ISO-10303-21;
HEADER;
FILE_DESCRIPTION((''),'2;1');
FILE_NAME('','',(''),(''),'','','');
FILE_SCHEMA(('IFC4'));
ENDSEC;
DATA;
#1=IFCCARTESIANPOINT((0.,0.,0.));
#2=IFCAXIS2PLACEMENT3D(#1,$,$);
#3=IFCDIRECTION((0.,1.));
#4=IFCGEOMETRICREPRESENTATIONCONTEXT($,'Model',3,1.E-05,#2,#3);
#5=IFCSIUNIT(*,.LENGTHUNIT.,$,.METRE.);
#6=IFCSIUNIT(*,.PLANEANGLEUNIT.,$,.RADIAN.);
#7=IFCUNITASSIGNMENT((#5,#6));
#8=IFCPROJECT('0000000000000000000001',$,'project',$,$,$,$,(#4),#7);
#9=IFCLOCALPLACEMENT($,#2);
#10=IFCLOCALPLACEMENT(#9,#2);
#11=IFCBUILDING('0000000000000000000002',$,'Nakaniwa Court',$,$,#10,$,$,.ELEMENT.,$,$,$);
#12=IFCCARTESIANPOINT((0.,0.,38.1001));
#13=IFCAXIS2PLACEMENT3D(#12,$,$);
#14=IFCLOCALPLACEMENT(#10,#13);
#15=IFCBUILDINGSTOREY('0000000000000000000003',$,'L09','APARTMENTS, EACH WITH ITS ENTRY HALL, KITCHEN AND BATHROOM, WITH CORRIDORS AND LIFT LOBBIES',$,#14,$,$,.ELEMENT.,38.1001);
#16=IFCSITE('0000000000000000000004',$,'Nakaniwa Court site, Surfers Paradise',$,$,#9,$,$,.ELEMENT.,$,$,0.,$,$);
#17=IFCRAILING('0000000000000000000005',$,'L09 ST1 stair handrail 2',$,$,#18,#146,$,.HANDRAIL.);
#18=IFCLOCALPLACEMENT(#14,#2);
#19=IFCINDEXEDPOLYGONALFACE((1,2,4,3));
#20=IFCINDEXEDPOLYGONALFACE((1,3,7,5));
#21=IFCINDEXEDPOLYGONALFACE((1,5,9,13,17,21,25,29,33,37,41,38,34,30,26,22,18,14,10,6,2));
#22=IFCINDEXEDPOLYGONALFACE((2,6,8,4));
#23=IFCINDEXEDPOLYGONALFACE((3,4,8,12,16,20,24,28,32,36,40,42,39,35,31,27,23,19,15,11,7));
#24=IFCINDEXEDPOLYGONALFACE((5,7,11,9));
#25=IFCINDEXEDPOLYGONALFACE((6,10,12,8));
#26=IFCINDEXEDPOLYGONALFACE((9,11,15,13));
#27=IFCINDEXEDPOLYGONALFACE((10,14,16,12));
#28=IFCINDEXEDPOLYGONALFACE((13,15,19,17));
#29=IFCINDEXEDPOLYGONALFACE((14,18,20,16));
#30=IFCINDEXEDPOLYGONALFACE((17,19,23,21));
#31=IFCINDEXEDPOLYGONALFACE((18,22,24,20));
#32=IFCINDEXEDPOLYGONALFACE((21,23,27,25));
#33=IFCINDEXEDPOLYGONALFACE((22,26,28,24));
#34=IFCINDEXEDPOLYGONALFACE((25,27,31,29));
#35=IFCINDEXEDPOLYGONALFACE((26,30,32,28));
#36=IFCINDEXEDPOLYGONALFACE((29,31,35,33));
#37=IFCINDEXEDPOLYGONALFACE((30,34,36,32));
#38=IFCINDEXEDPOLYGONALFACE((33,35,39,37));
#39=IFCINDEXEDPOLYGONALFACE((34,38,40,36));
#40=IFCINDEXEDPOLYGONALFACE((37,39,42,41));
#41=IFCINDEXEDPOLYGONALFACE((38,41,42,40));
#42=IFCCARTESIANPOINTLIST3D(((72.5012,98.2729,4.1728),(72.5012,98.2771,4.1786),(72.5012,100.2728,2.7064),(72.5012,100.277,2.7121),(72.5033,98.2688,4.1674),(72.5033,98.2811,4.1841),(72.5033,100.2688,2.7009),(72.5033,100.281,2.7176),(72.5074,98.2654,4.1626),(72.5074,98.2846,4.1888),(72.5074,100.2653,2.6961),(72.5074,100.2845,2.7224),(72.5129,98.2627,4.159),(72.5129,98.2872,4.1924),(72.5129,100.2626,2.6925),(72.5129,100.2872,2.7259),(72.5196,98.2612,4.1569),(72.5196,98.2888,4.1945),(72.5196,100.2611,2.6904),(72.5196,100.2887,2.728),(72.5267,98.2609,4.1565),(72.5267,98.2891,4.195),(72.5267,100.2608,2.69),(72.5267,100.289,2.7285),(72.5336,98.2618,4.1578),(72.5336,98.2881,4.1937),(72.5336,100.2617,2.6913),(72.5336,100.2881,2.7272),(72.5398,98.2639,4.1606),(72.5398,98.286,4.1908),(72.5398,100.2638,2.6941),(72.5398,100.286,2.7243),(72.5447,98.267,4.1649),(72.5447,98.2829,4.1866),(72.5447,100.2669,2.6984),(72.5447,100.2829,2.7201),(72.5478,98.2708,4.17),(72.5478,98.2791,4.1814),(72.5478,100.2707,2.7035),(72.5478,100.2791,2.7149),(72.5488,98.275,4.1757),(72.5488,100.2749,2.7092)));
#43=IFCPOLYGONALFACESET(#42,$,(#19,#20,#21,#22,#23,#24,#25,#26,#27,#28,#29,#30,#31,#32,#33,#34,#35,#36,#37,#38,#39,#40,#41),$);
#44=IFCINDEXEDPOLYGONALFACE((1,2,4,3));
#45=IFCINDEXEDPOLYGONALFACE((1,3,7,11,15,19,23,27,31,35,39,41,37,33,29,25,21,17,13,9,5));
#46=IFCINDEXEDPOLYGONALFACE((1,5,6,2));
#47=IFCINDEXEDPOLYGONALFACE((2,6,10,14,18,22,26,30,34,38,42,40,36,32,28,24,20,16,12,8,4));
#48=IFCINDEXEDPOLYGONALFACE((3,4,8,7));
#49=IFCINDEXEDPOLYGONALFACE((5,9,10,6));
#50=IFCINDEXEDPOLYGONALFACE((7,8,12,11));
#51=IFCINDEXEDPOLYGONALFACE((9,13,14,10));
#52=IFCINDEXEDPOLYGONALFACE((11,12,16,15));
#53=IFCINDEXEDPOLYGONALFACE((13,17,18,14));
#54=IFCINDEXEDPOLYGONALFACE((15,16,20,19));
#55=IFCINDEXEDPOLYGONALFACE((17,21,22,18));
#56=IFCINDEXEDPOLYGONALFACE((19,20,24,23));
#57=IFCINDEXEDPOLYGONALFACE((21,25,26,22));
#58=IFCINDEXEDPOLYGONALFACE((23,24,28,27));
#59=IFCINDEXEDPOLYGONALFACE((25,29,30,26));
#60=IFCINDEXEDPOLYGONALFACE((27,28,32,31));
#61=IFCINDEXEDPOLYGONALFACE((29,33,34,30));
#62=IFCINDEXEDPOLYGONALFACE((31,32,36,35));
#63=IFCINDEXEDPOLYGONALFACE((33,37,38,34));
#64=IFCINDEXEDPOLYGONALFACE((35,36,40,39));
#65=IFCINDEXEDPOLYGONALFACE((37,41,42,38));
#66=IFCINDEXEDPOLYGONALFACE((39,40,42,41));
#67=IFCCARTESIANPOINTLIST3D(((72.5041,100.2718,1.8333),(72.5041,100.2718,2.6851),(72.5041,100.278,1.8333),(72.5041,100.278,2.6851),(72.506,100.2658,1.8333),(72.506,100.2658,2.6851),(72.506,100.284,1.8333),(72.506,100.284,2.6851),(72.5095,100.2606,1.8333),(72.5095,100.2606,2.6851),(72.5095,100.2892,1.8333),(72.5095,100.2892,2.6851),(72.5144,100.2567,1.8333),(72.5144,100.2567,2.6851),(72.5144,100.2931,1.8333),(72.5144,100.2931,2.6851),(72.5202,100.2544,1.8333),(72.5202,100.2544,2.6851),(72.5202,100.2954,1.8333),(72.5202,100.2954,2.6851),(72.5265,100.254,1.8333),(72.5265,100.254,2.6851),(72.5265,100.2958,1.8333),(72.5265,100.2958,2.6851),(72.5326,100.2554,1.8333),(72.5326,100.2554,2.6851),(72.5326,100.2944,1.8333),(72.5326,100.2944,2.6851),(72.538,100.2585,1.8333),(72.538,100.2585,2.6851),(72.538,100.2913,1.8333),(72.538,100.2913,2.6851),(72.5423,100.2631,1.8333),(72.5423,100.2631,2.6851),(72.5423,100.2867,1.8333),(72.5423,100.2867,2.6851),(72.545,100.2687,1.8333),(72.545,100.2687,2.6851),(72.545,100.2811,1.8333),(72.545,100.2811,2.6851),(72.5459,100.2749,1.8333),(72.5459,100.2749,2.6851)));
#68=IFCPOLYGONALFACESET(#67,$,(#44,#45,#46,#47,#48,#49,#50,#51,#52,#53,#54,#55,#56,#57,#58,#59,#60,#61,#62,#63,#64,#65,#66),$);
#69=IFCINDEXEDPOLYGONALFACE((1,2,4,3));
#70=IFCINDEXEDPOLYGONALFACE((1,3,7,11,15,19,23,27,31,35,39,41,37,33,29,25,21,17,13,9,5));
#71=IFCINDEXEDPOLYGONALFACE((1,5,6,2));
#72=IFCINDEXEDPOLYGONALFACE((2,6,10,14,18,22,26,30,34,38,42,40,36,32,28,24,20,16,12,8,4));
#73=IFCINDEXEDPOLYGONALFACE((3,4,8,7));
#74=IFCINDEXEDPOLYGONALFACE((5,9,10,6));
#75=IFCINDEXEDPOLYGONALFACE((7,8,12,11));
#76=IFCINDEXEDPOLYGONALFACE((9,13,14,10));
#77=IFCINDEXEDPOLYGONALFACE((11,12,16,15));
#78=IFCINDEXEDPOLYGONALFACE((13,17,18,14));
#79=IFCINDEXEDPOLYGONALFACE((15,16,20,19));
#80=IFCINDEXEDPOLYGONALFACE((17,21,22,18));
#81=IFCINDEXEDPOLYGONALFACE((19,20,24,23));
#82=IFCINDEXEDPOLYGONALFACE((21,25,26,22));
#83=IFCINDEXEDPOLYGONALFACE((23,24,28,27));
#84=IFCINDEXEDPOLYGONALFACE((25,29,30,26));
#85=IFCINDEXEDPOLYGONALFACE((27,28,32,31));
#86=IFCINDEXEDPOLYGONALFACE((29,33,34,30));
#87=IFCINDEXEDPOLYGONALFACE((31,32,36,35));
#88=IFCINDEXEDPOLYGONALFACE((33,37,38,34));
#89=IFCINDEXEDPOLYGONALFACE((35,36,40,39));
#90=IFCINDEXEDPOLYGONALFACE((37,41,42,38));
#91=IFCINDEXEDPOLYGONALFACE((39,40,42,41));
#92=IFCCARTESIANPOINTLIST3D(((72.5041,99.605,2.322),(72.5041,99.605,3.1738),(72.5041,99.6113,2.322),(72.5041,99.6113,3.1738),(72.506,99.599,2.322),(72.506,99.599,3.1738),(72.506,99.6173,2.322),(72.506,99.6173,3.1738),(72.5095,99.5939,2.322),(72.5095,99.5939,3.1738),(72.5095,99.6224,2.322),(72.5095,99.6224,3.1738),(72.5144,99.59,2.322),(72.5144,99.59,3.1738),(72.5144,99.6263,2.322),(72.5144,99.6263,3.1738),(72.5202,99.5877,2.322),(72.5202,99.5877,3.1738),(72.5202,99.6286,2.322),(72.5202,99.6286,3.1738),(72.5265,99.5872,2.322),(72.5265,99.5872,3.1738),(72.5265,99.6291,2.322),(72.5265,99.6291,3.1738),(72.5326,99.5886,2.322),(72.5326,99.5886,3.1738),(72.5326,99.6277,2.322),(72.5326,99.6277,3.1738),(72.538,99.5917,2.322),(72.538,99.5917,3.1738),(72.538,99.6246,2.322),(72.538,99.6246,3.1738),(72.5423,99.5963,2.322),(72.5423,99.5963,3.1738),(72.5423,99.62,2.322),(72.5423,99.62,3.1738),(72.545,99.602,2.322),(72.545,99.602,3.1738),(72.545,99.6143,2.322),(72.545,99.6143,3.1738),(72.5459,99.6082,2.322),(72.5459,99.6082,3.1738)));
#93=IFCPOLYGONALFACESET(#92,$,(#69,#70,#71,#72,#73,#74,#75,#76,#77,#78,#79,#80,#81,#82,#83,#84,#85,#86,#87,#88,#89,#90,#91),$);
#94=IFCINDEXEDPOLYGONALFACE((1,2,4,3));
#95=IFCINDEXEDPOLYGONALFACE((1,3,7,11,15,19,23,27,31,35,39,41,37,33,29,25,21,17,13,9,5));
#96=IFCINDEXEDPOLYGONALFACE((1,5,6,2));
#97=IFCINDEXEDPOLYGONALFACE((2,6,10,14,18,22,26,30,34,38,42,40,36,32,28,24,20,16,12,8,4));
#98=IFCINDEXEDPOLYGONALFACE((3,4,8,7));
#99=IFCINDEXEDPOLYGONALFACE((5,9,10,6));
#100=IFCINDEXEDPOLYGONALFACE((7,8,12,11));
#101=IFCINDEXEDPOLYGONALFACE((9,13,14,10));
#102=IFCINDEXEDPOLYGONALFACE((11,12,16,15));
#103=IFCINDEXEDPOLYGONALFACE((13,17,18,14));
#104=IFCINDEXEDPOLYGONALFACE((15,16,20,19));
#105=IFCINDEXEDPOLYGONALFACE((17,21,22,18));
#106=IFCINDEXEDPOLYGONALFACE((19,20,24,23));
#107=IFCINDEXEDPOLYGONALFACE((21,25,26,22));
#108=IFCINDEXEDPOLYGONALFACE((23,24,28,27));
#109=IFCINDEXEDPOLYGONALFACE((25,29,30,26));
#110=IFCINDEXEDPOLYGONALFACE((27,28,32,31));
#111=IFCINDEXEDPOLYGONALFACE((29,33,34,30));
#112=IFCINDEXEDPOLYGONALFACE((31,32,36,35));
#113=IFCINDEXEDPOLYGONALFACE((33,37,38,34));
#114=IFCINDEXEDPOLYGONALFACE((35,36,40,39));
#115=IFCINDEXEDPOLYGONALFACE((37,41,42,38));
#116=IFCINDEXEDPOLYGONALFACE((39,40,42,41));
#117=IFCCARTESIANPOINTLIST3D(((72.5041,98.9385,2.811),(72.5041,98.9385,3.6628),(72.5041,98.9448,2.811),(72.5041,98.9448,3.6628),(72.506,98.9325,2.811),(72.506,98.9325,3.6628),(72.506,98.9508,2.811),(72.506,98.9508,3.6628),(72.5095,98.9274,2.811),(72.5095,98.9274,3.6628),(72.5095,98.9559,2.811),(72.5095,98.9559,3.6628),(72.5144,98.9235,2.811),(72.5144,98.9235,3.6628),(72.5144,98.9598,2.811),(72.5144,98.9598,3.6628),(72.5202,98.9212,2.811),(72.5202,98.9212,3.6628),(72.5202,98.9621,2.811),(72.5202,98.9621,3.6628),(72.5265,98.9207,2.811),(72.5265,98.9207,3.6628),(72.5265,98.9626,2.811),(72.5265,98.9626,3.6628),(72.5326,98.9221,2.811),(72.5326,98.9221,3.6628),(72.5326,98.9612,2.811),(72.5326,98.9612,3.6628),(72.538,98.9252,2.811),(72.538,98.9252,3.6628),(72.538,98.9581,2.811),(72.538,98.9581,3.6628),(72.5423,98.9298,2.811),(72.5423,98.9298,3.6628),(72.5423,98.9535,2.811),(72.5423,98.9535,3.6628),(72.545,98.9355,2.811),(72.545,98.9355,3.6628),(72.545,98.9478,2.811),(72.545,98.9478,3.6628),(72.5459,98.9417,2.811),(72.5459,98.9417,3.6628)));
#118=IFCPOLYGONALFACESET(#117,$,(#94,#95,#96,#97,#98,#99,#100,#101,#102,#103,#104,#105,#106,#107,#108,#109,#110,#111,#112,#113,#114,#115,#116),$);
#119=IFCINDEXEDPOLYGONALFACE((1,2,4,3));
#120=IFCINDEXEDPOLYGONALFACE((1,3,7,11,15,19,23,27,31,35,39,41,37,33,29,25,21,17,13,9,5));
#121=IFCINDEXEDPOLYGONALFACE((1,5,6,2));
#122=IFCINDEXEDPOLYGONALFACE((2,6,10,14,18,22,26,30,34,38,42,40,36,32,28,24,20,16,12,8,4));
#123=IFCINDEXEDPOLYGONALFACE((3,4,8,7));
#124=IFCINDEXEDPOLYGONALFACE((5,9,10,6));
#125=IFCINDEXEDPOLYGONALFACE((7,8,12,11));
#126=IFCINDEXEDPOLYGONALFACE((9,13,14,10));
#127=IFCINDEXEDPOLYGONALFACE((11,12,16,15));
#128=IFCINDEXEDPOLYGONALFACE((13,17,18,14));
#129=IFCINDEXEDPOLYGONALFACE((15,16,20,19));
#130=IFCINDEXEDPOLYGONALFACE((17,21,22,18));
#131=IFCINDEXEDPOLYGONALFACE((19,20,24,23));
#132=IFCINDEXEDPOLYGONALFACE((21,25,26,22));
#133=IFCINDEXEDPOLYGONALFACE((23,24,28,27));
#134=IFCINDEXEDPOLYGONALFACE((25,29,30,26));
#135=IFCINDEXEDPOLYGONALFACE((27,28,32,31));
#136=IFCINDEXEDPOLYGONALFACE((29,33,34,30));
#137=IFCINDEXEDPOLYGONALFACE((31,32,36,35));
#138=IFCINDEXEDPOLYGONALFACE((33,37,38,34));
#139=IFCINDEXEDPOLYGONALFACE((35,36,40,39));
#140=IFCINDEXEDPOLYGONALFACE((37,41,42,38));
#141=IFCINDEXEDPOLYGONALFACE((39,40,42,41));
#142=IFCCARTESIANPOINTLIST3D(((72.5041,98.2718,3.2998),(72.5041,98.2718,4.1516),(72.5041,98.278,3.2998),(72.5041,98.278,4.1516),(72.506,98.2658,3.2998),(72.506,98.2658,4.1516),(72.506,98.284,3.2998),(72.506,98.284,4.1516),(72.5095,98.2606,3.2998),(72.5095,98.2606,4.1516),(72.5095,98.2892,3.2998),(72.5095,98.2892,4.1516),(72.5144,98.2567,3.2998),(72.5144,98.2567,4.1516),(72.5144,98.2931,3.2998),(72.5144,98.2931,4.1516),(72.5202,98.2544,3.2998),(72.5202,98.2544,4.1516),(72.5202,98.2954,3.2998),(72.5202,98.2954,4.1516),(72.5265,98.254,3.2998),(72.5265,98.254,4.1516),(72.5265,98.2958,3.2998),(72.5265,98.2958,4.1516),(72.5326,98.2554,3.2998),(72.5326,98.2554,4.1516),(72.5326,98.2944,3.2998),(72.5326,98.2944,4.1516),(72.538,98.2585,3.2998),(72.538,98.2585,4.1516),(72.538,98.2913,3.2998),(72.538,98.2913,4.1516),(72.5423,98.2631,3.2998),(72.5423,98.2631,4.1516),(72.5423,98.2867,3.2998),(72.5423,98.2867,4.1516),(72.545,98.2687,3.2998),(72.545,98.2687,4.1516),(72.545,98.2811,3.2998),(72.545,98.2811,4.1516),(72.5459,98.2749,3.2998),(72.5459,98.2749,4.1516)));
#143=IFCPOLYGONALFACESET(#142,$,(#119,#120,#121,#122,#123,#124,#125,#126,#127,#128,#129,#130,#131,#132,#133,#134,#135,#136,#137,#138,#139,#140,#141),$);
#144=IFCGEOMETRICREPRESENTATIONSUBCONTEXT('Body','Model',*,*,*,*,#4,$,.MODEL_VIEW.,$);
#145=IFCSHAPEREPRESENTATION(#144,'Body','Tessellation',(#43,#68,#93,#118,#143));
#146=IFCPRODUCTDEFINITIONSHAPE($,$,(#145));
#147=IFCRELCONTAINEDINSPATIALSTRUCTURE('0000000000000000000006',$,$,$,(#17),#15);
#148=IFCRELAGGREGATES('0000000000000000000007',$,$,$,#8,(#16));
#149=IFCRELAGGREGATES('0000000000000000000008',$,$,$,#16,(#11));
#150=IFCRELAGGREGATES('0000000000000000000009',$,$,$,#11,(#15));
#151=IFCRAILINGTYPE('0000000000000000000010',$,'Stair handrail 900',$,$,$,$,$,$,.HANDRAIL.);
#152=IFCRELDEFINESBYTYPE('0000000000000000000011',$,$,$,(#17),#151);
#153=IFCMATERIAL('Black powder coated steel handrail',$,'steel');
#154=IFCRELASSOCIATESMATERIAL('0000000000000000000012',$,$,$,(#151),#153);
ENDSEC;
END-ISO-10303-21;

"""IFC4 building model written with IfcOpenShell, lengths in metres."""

from ifc_helpers import new_model, si_unit, direction, frame, origin, origin_2d, place, context, subcontext, project, spatial, circle, extrude, material, type_object, element, save


model = new_model("IFC4")

# Units and contexts
model_context = context("Model", 3, precision=1e-05, world=origin(), true_north=direction((0.0, 1.0)))
body_context = subcontext(model_context, "Body", "Model", "MODEL_VIEW")
ifc_project = project(units=[si_unit("LENGTHUNIT", "METRE"), si_unit("PLANEANGLEUNIT", "RADIAN")], contexts=[model_context])

# Site, building, storey
site_placement = place(None, origin())
site = spatial("IfcSite", under=ifc_project, at=site_placement, Name="Nakaniwa Court site, Surfers Paradise", CompositionType="ELEMENT", RefElevation=0.0)
building_placement = place(site_placement, origin())
building = spatial("IfcBuilding", under=site, at=building_placement, Name="Nakaniwa Court", CompositionType="ELEMENT")
storey_placement = place(building_placement, frame((0.0, 0.0, 38.1001)))
storey = spatial("IfcBuildingStorey", under=building, at=storey_placement, Name="L09", Description="APARTMENTS, EACH WITH ITS ENTRY HALL, KITCHEN AND BATHROOM, WITH CORRIDORS AND LIFT LOBBIES", CompositionType="ELEMENT", Elevation=38.1001)

# Railing
ifc_material_1 = material(Name="Black powder coated steel handrail", Category="steel")
railing_type_1 = type_object("IfcRailingType", Name="Stair handrail 900", PredefinedType="HANDRAIL", material=ifc_material_1)
railing_1_placement = place(storey_placement, frame((72.5249, 100.2749, 1.8333)))
element("IfcRailing", 1, at=railing_1_placement, inside=storey, type_object=railing_type_1, Name="L09 ST1 stair handrail 2", PredefinedType="HANDRAIL", context=body_context, shape_type="SweptSolid", body=[
    extrude(circle(Radius=0.0239, at=origin_2d()), frame((0.0, 0.0, 0.876), z_axis=(0.0, -0.806427, 0.591334), x_axis=(1.0, 0.0, 0.0)), (0.0, 0.0, 1.0), 2.48),
    extrude(circle(Radius=0.021, at=origin_2d()), origin(), (0.0, 0.0, 1.0), 0.8518),
    extrude(circle(Radius=0.021, at=origin_2d()), frame((0.0, -0.6667, 0.4888)), (0.0, 0.0, 1.0), 0.8518),
    extrude(circle(Radius=0.021, at=origin_2d()), frame((0.0, -1.3333, 0.9778)), (0.0, 0.0, 1.0), 0.8518),
    extrude(circle(Radius=0.021, at=origin_2d()), frame((0.0, -2.0, 1.4666)), (0.0, 0.0, 1.0), 0.8518),
])

save(model, "model.ifc")
